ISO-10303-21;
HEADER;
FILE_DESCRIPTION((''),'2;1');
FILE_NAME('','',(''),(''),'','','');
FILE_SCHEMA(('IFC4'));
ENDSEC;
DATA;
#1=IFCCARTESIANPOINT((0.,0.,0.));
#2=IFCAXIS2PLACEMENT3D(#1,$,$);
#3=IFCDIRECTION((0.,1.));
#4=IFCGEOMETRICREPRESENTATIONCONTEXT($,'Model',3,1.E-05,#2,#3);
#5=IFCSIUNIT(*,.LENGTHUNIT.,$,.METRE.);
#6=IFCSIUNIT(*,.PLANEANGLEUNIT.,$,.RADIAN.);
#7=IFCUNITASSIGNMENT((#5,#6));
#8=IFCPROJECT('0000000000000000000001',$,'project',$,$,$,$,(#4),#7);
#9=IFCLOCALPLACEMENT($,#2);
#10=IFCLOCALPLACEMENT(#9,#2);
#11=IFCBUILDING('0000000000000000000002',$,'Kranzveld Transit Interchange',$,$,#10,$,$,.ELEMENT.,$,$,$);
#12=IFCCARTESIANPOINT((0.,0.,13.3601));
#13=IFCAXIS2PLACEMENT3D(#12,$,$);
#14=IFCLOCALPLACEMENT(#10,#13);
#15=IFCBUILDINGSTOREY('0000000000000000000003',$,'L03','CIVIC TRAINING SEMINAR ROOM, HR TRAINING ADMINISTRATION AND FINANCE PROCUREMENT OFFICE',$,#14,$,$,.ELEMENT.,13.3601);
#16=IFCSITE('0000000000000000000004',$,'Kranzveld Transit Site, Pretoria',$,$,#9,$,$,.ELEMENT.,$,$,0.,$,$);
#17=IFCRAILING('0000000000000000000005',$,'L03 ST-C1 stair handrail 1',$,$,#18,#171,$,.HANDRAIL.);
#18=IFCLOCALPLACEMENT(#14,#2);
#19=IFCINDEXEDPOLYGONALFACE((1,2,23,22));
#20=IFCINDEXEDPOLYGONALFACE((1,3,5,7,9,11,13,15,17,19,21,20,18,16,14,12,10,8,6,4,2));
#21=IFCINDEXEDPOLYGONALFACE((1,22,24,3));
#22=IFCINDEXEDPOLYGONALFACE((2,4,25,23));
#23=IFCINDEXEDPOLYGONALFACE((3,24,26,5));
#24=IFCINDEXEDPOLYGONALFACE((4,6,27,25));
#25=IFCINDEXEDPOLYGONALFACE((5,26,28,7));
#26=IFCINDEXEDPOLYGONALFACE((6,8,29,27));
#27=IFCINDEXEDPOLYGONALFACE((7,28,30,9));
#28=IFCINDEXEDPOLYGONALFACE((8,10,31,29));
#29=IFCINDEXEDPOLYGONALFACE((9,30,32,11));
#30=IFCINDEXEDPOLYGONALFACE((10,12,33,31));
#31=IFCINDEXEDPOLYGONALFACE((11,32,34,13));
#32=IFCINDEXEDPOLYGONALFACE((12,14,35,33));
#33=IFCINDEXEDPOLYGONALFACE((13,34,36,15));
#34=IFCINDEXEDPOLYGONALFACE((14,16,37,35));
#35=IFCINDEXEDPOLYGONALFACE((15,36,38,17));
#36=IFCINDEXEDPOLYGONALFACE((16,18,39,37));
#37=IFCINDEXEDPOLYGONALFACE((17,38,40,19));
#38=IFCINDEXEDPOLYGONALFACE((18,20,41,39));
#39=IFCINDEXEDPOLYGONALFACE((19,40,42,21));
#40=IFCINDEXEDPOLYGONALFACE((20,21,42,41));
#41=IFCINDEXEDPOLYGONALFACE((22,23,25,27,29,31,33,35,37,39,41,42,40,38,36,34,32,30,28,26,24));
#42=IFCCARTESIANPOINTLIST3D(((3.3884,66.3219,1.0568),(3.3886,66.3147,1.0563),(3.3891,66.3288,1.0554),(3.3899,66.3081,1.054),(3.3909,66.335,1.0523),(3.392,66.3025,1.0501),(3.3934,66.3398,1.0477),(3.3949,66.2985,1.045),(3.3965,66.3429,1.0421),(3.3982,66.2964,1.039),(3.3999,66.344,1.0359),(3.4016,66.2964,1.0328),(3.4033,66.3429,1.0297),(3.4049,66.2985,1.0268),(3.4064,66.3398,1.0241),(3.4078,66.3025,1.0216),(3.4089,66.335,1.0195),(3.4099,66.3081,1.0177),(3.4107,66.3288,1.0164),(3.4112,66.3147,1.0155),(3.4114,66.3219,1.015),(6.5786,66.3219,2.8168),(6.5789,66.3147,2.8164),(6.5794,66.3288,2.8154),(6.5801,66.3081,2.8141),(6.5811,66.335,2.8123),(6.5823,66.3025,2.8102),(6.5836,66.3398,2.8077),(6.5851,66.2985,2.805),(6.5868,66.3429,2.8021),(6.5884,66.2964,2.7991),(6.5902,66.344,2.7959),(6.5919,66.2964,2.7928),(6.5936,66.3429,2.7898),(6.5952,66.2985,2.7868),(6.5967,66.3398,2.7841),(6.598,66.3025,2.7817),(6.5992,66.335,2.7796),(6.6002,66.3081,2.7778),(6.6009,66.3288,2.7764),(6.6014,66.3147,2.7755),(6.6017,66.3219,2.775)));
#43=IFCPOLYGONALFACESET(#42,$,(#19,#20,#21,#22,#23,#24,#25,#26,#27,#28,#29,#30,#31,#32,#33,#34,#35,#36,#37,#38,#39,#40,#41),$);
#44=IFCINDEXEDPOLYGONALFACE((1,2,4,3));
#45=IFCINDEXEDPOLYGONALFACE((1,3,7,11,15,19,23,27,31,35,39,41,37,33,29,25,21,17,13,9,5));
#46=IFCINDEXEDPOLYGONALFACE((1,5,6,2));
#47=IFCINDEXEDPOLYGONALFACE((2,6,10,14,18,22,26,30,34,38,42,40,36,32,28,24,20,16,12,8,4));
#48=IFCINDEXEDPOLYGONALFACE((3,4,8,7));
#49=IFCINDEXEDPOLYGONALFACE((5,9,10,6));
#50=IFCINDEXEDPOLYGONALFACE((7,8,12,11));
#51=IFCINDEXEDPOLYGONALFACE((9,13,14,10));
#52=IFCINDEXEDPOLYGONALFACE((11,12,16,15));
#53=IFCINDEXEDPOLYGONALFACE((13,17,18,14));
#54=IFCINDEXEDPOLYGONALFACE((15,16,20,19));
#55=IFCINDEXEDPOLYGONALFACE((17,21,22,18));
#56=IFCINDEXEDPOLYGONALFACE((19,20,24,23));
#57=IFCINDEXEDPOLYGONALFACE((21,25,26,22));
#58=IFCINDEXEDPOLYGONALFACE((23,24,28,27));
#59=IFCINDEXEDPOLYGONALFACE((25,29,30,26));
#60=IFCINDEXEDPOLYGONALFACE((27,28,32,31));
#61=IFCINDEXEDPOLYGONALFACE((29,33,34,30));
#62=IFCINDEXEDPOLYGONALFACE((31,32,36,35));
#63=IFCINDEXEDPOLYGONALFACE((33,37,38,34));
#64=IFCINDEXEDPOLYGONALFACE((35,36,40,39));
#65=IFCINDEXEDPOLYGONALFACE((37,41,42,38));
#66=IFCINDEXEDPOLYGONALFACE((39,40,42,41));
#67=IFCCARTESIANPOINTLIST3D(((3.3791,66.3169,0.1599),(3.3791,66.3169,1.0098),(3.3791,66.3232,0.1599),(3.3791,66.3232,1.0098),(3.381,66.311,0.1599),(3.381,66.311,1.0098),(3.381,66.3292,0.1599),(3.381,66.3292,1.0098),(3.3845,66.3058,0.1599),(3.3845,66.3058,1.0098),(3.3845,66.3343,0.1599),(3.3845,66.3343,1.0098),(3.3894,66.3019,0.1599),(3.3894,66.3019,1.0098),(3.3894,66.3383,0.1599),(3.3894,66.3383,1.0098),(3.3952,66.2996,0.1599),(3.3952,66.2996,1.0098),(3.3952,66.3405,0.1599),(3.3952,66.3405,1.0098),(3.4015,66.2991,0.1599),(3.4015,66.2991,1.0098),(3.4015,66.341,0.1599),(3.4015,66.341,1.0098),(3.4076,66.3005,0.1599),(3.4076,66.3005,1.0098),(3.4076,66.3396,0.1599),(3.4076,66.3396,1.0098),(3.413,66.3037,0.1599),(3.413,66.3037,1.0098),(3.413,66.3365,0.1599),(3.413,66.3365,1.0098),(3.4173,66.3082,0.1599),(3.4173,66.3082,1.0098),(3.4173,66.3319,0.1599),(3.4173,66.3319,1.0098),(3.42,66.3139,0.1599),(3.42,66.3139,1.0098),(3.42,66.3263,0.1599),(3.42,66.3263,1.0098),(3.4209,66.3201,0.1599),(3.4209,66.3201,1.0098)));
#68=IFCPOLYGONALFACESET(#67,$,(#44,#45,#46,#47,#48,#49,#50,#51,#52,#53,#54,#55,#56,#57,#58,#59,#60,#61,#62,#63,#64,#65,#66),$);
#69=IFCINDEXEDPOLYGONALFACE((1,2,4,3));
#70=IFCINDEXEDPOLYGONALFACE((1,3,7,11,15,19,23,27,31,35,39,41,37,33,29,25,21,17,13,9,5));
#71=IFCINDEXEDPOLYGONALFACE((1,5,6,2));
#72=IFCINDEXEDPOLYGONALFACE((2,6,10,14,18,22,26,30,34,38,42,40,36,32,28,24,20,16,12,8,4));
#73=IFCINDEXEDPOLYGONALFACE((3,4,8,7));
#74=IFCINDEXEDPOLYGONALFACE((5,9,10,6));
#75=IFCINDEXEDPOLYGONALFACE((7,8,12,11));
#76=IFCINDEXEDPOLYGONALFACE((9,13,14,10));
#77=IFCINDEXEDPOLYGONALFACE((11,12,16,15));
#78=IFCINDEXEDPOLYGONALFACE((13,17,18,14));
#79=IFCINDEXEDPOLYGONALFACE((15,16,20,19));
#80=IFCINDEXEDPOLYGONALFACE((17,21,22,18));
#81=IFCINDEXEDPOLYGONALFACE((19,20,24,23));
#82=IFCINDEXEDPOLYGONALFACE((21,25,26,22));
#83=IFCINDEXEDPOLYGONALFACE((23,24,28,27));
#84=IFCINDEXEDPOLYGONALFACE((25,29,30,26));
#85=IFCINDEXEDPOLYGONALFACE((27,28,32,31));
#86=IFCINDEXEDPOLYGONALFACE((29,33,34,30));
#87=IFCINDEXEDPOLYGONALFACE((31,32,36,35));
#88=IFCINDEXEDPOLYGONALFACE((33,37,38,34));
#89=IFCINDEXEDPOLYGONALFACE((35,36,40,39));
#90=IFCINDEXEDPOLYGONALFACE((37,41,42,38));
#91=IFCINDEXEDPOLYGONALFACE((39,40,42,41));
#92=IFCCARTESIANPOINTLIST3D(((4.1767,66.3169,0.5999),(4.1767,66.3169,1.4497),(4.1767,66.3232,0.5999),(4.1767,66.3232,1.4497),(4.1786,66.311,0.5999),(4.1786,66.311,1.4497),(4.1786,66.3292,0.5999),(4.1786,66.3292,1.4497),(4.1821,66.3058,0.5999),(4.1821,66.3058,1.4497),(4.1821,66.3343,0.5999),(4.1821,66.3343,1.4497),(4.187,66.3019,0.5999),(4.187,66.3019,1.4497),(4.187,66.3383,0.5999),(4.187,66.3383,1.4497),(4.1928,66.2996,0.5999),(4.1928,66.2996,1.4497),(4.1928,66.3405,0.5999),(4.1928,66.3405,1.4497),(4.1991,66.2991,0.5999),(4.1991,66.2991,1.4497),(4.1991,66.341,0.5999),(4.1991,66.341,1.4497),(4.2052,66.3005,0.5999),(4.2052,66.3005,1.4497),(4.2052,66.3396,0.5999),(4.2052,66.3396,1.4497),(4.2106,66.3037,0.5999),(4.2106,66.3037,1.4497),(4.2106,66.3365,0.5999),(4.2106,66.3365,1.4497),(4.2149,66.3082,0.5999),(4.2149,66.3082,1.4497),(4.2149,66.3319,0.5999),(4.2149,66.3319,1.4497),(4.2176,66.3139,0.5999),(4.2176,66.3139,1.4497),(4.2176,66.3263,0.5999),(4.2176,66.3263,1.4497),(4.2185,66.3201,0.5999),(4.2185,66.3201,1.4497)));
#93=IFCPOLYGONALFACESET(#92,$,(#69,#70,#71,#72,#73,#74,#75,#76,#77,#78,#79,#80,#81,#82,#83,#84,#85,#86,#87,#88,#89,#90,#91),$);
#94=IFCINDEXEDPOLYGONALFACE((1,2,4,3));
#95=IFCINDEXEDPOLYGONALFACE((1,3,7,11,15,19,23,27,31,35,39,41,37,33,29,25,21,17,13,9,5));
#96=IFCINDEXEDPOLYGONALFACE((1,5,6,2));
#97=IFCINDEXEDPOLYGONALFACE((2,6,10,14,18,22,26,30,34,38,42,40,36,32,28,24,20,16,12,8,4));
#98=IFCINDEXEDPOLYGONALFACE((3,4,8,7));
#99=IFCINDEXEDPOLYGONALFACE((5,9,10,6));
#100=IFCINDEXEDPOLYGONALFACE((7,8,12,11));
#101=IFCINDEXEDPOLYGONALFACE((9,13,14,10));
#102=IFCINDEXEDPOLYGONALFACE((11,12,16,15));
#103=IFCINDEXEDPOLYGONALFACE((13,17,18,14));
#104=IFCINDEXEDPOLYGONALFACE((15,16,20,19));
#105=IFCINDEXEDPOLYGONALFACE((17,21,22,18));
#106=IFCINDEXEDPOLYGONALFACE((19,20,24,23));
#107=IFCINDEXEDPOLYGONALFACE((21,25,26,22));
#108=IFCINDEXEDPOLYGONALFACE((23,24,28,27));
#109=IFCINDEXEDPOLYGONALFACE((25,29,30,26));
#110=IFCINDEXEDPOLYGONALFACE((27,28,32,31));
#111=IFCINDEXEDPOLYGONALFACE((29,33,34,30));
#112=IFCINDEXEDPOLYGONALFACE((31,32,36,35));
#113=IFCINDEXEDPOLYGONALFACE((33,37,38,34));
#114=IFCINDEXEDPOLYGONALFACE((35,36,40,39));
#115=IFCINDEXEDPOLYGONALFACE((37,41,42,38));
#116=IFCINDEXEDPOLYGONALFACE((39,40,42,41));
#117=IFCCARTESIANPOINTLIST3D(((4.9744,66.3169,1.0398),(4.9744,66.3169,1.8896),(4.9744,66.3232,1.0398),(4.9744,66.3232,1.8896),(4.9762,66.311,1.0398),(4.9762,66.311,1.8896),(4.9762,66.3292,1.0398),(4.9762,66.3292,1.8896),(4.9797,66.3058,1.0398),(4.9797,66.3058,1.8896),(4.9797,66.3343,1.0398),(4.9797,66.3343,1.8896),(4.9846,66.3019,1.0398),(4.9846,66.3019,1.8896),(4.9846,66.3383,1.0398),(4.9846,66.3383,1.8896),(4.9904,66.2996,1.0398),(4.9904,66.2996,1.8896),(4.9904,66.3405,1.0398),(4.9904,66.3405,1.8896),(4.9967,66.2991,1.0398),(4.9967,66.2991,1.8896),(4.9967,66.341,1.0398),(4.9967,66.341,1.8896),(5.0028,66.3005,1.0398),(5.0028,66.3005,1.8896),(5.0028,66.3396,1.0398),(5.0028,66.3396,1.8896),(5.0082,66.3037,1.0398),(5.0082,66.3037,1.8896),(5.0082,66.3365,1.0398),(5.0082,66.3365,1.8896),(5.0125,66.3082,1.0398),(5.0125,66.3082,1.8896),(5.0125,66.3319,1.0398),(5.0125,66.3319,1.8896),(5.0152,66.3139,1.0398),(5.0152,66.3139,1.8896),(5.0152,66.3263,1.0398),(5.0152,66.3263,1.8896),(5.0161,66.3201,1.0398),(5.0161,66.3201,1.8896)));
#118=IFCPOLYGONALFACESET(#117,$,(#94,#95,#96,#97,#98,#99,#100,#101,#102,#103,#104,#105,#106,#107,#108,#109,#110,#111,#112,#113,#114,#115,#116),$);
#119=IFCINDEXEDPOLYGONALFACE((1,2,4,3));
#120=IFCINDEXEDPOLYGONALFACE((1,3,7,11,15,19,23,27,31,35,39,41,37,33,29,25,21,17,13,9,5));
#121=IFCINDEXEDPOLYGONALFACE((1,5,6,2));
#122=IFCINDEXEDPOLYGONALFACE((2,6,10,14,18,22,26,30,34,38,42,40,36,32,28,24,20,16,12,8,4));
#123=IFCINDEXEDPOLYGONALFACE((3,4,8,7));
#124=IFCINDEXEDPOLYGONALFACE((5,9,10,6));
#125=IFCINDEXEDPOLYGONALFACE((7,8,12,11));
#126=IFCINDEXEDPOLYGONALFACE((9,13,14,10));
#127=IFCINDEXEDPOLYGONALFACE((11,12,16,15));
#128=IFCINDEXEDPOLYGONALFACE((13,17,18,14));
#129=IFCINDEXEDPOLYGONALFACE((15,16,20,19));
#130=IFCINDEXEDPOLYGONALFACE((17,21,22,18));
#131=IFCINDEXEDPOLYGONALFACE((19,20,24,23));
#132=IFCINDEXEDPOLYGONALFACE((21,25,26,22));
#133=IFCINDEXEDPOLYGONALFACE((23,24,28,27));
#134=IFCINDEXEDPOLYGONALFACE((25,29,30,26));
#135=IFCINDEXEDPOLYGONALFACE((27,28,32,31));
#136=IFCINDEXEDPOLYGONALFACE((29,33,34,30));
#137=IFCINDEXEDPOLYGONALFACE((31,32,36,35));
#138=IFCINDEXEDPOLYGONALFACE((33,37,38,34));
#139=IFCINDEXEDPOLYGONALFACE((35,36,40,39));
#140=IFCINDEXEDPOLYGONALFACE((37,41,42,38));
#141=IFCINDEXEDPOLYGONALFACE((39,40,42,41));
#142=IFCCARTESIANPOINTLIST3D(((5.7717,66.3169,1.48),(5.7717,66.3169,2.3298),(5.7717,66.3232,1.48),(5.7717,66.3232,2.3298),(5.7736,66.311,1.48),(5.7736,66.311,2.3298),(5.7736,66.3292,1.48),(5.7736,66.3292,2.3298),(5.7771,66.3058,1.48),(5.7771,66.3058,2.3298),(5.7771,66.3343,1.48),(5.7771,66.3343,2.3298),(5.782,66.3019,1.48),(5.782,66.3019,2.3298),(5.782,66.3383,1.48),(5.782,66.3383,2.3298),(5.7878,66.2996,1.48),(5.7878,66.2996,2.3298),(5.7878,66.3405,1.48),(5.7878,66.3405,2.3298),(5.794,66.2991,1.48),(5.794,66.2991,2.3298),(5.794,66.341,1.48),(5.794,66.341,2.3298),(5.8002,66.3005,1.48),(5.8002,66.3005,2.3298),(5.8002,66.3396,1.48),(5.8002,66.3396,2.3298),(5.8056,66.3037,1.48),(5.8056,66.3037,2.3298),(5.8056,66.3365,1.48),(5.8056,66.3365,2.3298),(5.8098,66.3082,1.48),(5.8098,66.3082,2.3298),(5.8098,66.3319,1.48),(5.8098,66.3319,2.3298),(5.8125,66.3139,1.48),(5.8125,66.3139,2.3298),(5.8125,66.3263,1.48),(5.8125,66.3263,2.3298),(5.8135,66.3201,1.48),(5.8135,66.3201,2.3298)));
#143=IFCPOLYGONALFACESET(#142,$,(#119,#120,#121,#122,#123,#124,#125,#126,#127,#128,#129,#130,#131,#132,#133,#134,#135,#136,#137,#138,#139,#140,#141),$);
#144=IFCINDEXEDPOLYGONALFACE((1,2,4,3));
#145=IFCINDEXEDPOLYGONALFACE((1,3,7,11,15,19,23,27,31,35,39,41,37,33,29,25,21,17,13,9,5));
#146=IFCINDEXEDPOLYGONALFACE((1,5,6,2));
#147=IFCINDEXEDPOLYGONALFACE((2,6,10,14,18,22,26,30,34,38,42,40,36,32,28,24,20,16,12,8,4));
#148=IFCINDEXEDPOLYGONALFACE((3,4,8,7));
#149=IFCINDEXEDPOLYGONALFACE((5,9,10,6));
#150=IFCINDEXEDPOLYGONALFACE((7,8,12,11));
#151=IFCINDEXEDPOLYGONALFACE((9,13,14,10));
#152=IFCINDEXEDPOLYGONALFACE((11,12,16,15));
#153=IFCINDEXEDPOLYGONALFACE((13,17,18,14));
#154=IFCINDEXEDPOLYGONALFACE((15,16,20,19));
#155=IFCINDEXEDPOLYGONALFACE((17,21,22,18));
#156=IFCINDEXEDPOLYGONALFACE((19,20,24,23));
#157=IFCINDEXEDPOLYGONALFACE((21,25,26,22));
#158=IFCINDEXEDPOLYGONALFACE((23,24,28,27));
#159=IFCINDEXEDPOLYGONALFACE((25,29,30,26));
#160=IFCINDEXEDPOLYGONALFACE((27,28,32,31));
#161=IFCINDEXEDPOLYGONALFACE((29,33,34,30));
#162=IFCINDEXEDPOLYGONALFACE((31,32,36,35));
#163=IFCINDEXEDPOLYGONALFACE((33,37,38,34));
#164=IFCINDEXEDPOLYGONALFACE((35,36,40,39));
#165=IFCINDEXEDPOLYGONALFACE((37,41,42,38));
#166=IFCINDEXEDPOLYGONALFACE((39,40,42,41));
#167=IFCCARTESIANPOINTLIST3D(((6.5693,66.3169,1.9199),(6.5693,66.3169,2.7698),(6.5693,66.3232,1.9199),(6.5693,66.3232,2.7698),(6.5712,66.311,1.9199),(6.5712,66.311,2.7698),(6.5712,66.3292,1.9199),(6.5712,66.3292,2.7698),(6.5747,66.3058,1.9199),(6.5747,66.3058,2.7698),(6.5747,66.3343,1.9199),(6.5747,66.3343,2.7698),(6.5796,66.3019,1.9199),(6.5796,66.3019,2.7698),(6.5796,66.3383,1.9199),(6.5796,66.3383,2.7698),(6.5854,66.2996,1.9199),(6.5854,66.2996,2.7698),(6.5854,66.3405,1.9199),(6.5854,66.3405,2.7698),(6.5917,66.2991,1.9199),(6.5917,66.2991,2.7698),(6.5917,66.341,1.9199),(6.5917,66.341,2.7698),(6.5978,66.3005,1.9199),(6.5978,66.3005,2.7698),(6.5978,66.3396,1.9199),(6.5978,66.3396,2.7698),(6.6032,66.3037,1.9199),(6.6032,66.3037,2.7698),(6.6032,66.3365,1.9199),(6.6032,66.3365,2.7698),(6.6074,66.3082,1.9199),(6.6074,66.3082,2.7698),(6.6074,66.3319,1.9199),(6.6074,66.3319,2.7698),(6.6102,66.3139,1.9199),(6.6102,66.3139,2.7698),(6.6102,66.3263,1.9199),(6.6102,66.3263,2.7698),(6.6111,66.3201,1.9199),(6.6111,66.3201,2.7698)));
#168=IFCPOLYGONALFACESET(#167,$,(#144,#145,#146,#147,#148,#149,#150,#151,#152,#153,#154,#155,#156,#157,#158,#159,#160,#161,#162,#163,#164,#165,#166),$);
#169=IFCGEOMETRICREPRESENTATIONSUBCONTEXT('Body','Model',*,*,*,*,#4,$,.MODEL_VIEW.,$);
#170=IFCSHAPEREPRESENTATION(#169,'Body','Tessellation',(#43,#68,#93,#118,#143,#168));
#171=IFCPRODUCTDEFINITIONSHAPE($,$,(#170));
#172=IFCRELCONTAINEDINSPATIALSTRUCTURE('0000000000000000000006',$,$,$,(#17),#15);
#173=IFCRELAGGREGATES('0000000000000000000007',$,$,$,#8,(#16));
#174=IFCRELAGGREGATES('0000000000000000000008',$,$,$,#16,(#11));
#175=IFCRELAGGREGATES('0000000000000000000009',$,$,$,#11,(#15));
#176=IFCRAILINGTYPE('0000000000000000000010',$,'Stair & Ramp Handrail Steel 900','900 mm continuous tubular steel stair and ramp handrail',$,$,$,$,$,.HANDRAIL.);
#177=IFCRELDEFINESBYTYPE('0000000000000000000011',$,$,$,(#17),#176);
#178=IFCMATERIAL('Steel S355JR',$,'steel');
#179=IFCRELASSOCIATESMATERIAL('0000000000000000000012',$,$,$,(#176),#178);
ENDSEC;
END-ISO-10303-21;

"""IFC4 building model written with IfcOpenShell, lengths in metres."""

from ifc_helpers import new_model, si_unit, direction, frame, origin, origin_2d, place, context, subcontext, project, spatial, circle, extrude, material, type_object, element, save


model = new_model("IFC4")

# Units and contexts
model_context = context("Model", 3, precision=1e-05, world=origin(), true_north=direction((0.0, 1.0)))
body_context = subcontext(model_context, "Body", "Model", "MODEL_VIEW")
ifc_project = project(units=[si_unit("LENGTHUNIT", "METRE"), si_unit("PLANEANGLEUNIT", "RADIAN")], contexts=[model_context])

# Site, building, storey
site_placement = place(None, origin())
site = spatial("IfcSite", under=ifc_project, at=site_placement, Name="Kranzveld Transit Site, Pretoria", CompositionType="ELEMENT", RefElevation=0.0)
building_placement = place(site_placement, origin())
building = spatial("IfcBuilding", under=site, at=building_placement, Name="Kranzveld Transit Interchange", CompositionType="ELEMENT")
storey_placement = place(building_placement, frame((0.0, 0.0, 13.3601)))
storey = spatial("IfcBuildingStorey", under=building, at=storey_placement, Name="L03", Description="CIVIC TRAINING SEMINAR ROOM, HR TRAINING ADMINISTRATION AND FINANCE PROCUREMENT OFFICE", CompositionType="ELEMENT", Elevation=13.3601)

# Railing
ifc_material_1 = material(Name="Steel S355JR", Category="steel")
railing_type_1 = type_object("IfcRailingType", Name="Stair & Ramp Handrail Steel 900", Description="900 mm continuous tubular steel stair and ramp handrail", PredefinedType="HANDRAIL", material=ifc_material_1)
railing_1_placement = place(storey_placement, frame((3.3999, 66.3201, 0.1599)))
element("IfcRailing", 1, at=railing_1_placement, inside=storey, type_object=railing_type_1, Name="L03 ST-C1 stair handrail 1", PredefinedType="HANDRAIL", context=body_context, shape_type="SweptSolid", body=[
    extrude(circle(Radius=0.0239, at=origin_2d()), frame((0.0, 0.0, 0.876), z_axis=(0.875588, 0.0, 0.483058), x_axis=(0.0, 1.0, 0.0)), (0.0, 0.0, 1.0), 3.6436),
    extrude(circle(Radius=0.021, at=origin_2d()), origin(), (0.0, 0.0, 1.0), 0.8499),
    extrude(circle(Radius=0.021, at=origin_2d()), frame((0.7976, 0.0, 0.4399)), (0.0, 0.0, 1.0), 0.8499),
    extrude(circle(Radius=0.021, at=origin_2d()), frame((1.5952, 0.0, 0.8799)), (0.0, 0.0, 1.0), 0.8499),
    extrude(circle(Radius=0.021, at=origin_2d()), frame((2.3926, 0.0, 1.3201)), (0.0, 0.0, 1.0), 0.8499),
    extrude(circle(Radius=0.021, at=origin_2d()), frame((3.1902, 0.0, 1.76)), (0.0, 0.0, 1.0), 0.8499),
])

save(model, "model.ifc")
